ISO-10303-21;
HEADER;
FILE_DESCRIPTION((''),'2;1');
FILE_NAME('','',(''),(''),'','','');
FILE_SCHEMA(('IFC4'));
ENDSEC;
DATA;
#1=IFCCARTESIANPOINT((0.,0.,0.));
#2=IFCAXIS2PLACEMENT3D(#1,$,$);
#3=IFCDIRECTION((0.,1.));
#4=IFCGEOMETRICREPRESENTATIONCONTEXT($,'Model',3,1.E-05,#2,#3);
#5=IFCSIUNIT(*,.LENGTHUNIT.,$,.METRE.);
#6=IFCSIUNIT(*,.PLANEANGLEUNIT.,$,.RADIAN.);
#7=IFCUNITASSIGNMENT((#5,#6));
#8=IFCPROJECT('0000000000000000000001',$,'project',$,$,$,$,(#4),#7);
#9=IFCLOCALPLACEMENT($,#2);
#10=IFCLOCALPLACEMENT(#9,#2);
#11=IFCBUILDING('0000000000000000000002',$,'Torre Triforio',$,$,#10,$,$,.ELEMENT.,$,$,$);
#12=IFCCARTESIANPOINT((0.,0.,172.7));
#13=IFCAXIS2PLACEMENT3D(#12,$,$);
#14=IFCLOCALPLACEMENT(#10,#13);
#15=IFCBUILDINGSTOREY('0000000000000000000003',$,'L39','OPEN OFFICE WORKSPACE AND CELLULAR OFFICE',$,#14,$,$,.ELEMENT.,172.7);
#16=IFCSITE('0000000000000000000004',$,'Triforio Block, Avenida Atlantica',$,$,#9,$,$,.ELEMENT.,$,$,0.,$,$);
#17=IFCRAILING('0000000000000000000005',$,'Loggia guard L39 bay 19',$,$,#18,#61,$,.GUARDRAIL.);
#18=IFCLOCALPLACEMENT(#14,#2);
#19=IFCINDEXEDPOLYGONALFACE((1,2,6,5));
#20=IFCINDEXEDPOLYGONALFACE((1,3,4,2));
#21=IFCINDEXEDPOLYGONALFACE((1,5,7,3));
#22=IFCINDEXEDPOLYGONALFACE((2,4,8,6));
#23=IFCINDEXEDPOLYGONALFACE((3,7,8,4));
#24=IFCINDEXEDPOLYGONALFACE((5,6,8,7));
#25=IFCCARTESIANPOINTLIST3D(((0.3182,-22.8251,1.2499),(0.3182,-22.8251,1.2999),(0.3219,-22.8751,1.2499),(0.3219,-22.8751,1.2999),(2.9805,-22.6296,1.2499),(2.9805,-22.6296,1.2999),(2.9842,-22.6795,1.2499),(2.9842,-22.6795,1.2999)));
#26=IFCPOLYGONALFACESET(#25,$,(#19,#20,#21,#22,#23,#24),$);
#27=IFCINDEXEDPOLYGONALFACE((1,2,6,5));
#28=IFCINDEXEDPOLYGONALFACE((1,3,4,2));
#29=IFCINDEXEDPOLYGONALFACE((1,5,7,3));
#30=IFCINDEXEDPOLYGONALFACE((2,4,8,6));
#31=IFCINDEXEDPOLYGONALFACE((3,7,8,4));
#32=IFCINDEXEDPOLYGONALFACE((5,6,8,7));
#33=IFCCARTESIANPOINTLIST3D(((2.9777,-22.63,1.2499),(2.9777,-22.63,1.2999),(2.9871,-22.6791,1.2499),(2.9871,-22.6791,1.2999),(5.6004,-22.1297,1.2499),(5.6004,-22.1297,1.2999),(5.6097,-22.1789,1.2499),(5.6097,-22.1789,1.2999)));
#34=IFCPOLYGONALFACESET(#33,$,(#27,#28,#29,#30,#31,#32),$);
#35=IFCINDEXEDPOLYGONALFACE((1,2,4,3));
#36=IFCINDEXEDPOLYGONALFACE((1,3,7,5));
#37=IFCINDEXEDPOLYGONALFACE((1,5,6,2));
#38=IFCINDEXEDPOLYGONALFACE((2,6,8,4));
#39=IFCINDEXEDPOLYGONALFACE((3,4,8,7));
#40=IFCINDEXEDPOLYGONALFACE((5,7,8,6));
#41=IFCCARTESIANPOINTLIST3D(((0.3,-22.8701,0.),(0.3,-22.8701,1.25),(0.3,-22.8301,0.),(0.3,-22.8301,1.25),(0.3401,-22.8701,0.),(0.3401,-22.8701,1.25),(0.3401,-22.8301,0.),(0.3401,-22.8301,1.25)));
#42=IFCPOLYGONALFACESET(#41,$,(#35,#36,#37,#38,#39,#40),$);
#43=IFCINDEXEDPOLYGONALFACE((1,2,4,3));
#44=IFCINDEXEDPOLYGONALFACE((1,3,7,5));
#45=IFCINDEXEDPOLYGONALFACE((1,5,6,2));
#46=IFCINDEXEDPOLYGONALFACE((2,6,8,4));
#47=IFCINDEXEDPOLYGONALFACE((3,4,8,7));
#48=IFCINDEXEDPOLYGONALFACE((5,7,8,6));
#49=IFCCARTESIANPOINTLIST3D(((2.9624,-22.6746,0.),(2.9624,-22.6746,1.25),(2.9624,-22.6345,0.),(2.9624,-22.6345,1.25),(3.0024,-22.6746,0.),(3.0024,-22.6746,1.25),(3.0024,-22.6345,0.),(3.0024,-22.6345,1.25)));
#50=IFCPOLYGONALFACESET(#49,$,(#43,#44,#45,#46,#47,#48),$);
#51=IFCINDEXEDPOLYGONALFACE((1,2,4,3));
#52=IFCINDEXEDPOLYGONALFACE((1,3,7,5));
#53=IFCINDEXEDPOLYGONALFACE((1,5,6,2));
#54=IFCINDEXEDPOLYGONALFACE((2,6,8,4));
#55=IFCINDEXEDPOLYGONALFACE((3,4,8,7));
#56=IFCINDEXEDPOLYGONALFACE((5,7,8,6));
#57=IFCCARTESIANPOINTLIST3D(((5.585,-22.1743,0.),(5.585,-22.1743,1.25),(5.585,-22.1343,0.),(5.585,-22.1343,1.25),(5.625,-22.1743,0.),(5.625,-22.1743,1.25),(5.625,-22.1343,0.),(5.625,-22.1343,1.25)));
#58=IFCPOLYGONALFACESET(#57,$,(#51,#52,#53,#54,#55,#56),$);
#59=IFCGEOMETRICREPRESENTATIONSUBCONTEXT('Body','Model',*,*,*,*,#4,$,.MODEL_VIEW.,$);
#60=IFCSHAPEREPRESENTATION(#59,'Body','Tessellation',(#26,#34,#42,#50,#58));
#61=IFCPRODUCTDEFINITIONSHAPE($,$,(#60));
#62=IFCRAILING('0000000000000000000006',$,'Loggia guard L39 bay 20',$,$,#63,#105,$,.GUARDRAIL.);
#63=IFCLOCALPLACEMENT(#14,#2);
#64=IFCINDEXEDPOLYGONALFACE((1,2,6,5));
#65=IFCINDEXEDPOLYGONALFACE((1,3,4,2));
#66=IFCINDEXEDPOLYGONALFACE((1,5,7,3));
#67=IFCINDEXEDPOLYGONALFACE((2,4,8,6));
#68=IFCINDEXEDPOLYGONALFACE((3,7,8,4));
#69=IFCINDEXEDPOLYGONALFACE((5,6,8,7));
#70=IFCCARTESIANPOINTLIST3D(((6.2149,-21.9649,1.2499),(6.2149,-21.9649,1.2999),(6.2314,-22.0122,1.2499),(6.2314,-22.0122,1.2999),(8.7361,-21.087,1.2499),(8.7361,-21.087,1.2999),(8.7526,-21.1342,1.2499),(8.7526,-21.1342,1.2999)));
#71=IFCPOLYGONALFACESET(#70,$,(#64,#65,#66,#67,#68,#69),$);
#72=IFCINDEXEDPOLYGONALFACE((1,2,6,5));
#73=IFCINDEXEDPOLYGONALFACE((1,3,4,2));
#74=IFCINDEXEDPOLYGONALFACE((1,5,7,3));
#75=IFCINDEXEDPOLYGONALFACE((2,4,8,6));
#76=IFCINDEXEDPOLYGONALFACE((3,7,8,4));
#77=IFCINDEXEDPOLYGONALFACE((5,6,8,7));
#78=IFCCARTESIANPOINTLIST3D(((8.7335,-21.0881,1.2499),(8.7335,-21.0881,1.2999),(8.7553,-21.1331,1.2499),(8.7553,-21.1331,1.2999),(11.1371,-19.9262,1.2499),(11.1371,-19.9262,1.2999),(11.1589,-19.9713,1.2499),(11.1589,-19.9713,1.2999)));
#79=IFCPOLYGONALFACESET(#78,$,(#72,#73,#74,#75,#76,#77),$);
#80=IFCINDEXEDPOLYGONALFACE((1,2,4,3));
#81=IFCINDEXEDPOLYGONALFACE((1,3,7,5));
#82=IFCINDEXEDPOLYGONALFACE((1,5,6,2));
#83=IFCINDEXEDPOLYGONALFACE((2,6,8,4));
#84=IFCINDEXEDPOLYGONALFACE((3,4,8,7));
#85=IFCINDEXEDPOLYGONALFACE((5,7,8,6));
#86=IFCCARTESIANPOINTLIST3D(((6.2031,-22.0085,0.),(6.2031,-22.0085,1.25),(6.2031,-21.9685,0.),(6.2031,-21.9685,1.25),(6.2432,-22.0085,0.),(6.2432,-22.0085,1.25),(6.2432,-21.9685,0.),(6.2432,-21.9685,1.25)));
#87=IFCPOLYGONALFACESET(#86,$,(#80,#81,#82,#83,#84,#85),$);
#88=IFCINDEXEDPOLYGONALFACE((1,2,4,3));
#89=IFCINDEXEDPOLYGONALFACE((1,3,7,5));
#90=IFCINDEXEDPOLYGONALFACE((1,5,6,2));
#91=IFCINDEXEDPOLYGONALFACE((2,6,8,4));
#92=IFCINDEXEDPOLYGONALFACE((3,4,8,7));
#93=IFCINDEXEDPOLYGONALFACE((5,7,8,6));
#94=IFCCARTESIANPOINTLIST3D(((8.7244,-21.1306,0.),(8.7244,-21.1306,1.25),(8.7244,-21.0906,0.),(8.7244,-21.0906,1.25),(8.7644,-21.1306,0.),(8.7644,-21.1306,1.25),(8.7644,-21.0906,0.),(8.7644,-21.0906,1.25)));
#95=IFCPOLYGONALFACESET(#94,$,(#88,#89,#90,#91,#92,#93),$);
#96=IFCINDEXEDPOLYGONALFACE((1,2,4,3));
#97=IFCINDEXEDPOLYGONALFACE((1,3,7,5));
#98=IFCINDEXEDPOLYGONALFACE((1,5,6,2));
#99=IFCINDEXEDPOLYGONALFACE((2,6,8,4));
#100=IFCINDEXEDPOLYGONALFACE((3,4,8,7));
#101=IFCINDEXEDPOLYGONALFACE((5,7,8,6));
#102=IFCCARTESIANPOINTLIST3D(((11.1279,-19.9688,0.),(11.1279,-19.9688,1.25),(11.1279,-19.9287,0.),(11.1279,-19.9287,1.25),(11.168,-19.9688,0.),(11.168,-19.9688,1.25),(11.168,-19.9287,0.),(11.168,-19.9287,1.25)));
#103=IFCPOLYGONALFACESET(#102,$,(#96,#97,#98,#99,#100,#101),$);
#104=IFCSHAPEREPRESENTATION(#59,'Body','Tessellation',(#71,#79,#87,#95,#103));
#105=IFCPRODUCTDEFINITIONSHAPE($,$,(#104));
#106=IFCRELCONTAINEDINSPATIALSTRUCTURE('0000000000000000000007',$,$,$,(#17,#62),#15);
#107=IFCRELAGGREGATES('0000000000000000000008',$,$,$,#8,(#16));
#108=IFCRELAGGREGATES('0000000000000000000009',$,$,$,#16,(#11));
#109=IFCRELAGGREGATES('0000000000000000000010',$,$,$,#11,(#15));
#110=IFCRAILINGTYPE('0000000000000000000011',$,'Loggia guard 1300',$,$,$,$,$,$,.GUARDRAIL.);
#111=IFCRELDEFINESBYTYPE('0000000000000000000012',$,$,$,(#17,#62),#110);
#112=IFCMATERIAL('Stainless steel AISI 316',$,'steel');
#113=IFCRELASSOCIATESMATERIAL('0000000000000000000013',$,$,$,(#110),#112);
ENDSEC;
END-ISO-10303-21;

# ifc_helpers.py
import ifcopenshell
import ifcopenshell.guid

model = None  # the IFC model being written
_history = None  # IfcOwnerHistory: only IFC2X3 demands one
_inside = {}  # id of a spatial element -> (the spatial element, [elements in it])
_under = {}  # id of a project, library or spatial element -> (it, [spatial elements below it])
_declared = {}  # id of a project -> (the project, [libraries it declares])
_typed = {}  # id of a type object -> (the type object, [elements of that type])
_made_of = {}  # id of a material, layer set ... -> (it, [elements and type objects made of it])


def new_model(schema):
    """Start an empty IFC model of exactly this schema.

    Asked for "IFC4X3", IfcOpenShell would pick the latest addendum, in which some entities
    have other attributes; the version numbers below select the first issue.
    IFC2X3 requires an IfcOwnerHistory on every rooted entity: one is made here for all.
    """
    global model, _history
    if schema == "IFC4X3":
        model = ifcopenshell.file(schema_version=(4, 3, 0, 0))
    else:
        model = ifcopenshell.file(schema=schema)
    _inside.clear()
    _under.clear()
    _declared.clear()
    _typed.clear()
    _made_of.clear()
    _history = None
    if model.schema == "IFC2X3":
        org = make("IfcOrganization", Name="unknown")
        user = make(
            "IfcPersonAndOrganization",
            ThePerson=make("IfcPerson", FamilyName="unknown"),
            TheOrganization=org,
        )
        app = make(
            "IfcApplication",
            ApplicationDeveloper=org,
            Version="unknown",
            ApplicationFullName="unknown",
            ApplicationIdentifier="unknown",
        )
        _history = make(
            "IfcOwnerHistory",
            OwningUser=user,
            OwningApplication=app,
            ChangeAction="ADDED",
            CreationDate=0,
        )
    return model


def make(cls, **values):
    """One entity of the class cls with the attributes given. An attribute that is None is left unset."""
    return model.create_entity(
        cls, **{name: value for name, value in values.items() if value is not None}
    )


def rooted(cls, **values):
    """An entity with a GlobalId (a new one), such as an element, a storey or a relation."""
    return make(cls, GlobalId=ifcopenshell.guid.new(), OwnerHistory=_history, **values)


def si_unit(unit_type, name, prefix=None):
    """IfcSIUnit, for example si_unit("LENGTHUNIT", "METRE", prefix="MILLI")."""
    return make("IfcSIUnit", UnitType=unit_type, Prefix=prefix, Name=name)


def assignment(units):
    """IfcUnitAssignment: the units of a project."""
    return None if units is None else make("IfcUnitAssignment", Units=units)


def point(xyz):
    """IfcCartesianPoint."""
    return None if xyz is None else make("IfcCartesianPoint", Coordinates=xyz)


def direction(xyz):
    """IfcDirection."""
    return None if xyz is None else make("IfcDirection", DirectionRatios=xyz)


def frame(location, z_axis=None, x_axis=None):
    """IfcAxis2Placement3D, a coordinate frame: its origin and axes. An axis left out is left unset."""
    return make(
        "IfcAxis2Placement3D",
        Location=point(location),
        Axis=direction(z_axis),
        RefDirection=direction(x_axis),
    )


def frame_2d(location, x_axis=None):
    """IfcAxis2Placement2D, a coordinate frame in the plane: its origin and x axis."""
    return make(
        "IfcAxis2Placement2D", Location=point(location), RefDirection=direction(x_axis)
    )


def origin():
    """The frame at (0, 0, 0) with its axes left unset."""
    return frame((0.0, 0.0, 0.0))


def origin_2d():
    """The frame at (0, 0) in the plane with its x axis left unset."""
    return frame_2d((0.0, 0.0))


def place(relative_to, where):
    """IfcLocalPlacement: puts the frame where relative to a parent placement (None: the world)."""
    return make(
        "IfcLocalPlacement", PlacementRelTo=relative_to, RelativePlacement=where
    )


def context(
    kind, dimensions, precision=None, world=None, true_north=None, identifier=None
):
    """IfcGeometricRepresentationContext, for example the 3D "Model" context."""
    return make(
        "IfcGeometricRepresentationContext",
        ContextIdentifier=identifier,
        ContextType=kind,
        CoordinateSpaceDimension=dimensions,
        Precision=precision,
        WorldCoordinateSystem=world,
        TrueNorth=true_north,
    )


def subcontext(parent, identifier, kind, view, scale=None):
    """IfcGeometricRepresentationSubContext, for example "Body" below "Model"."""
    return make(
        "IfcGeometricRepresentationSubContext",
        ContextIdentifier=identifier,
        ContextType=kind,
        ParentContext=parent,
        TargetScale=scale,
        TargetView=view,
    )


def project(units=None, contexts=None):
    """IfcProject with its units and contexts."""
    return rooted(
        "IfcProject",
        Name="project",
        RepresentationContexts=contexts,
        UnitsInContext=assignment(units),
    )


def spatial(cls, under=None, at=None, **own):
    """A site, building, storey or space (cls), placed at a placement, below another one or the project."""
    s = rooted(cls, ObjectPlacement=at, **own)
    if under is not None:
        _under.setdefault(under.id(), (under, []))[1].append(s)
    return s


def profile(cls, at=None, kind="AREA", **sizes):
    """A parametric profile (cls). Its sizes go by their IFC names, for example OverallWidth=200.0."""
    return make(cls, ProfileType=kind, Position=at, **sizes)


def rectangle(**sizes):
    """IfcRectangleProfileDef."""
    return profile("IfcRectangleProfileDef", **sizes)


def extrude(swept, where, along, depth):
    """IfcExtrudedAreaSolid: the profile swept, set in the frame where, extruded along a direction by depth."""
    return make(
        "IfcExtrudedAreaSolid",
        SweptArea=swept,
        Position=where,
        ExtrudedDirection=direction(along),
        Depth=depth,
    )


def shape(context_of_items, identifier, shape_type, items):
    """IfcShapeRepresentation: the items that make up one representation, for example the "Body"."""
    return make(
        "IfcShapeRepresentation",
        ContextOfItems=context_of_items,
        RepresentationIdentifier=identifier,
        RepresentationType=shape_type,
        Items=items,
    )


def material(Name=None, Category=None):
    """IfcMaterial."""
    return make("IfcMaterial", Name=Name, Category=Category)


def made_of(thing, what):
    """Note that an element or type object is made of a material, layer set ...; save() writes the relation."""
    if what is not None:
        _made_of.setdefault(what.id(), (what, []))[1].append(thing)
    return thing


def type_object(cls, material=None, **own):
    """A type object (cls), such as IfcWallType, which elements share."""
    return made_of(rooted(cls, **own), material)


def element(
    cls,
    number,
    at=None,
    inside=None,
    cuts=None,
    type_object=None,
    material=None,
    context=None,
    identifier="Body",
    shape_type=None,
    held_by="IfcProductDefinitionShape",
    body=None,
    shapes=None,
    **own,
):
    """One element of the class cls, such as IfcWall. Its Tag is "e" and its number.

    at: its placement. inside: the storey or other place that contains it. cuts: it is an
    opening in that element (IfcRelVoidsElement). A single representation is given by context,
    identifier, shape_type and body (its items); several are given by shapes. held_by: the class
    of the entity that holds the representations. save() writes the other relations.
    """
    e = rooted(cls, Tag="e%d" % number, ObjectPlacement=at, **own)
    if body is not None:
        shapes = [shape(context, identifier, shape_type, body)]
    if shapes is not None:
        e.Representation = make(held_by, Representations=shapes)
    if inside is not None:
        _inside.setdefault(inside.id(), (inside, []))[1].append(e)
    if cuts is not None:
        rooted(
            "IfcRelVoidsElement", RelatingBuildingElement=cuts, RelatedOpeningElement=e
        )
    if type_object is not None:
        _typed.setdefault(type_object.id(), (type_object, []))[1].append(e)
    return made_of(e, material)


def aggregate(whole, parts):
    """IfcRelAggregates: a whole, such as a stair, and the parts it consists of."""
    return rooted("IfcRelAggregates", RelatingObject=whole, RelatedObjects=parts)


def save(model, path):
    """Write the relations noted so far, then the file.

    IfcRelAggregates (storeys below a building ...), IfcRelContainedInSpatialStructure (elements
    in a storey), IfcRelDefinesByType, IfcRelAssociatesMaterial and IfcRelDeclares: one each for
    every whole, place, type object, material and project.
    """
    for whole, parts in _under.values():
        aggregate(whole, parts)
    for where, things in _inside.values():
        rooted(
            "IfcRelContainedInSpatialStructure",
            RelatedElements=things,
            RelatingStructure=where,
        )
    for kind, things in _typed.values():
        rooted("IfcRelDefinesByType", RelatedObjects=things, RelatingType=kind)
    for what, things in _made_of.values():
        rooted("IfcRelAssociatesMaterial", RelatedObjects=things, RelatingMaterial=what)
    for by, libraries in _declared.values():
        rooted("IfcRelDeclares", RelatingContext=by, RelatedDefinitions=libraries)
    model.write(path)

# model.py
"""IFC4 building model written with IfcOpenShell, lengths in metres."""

from ifc_helpers import new_model, si_unit, direction, frame, origin, origin_2d, place, context, subcontext, project, spatial, rectangle, extrude, material, type_object, element, save


model = new_model("IFC4")

# Units and contexts
model_context = context("Model", 3, precision=1e-05, world=origin(), true_north=direction((0.0, 1.0)))
body_context = subcontext(model_context, "Body", "Model", "MODEL_VIEW")
ifc_project = project(units=[si_unit("LENGTHUNIT", "METRE"), si_unit("PLANEANGLEUNIT", "RADIAN")], contexts=[model_context])

# Site, building, storey
site_placement = place(None, origin())
site = spatial("IfcSite", under=ifc_project, at=site_placement, Name="Triforio Block, Avenida Atlantica", CompositionType="ELEMENT", RefElevation=0.0)
building_placement = place(site_placement, origin())
building = spatial("IfcBuilding", under=site, at=building_placement, Name="Torre Triforio", CompositionType="ELEMENT")
storey_placement = place(building_placement, frame((0.0, 0.0, 172.7)))
storey = spatial("IfcBuildingStorey", under=building, at=storey_placement, Name="L39", Description="OPEN OFFICE WORKSPACE AND CELLULAR OFFICE", CompositionType="ELEMENT", Elevation=172.7)

# Railings
ifc_material_1 = material(Name="Stainless steel AISI 316", Category="steel")
railing_type = type_object("IfcRailingType", Name="Loggia guard 1300", PredefinedType="GUARDRAIL", material=ifc_material_1)
railing_1_placement = place(storey_placement, frame((0.3201, -22.8501, 0.0)))
element("IfcRailing", 1, at=railing_1_placement, inside=storey, type_object=railing_type, Name="Loggia guard L39 bay 19", PredefinedType="GUARDRAIL", context=body_context, shape_type="SweptSolid", body=[
    extrude(rectangle(XDim=0.05, YDim=0.05, at=origin_2d()), frame((0.0, 0.0, 1.2749), z_axis=(0.997313, 0.073255, 0.0), x_axis=(-0.073255, 0.997313, 0.0)), (0.0, 0.0, 1.0), 2.6694),
    extrude(rectangle(XDim=0.05, YDim=0.05, at=origin_2d()), frame((2.6624, 0.1956, 1.2749), z_axis=(0.98229, 0.187368, 0.0), x_axis=(-0.187368, 0.98229, 0.0)), (0.0, 0.0, 1.0), 2.6699),
    extrude(rectangle(XDim=0.04, YDim=0.04, at=origin_2d()), origin(), (0.0, 0.0, 1.0), 1.25),
    extrude(rectangle(XDim=0.04, YDim=0.04, at=origin_2d()), frame((2.6624, 0.1956, 0.0)), (0.0, 0.0, 1.0), 1.25),
    extrude(rectangle(XDim=0.04, YDim=0.04, at=origin_2d()), frame((5.2849, 0.6958, 0.0)), (0.0, 0.0, 1.0), 1.25),
])
railing_2_placement = place(storey_placement, frame((6.2231, -21.9885, 0.0)))
element("IfcRailing", 2, at=railing_2_placement, inside=storey, type_object=railing_type, Name="Loggia guard L39 bay 20", PredefinedType="GUARDRAIL", context=body_context, shape_type="SweptSolid", body=[
    extrude(rectangle(XDim=0.05, YDim=0.05, at=origin_2d()), frame((0.0, 0.0, 1.2749), z_axis=(0.944383, 0.328847, 0.0), x_axis=(-0.328847, 0.944383, 0.0)), (0.0, 0.0, 1.0), 2.6697),
    extrude(rectangle(XDim=0.05, YDim=0.05, at=origin_2d()), frame((2.5212, 0.8779, 1.2749), z_axis=(0.900328, 0.435212, 0.0), x_axis=(-0.435212, 0.900328, 0.0)), (0.0, 0.0, 1.0), 2.6697),
    extrude(rectangle(XDim=0.04, YDim=0.04, at=origin_2d()), origin(), (0.0, 0.0, 1.0), 1.25),
    extrude(rectangle(XDim=0.04, YDim=0.04, at=origin_2d()), frame((2.5212, 0.8779, 0.0)), (0.0, 0.0, 1.0), 1.25),
    extrude(rectangle(XDim=0.04, YDim=0.04, at=origin_2d()), frame((4.9248, 2.0398, 0.0)), (0.0, 0.0, 1.0), 1.25),
])

save(model, "model.ifc")
